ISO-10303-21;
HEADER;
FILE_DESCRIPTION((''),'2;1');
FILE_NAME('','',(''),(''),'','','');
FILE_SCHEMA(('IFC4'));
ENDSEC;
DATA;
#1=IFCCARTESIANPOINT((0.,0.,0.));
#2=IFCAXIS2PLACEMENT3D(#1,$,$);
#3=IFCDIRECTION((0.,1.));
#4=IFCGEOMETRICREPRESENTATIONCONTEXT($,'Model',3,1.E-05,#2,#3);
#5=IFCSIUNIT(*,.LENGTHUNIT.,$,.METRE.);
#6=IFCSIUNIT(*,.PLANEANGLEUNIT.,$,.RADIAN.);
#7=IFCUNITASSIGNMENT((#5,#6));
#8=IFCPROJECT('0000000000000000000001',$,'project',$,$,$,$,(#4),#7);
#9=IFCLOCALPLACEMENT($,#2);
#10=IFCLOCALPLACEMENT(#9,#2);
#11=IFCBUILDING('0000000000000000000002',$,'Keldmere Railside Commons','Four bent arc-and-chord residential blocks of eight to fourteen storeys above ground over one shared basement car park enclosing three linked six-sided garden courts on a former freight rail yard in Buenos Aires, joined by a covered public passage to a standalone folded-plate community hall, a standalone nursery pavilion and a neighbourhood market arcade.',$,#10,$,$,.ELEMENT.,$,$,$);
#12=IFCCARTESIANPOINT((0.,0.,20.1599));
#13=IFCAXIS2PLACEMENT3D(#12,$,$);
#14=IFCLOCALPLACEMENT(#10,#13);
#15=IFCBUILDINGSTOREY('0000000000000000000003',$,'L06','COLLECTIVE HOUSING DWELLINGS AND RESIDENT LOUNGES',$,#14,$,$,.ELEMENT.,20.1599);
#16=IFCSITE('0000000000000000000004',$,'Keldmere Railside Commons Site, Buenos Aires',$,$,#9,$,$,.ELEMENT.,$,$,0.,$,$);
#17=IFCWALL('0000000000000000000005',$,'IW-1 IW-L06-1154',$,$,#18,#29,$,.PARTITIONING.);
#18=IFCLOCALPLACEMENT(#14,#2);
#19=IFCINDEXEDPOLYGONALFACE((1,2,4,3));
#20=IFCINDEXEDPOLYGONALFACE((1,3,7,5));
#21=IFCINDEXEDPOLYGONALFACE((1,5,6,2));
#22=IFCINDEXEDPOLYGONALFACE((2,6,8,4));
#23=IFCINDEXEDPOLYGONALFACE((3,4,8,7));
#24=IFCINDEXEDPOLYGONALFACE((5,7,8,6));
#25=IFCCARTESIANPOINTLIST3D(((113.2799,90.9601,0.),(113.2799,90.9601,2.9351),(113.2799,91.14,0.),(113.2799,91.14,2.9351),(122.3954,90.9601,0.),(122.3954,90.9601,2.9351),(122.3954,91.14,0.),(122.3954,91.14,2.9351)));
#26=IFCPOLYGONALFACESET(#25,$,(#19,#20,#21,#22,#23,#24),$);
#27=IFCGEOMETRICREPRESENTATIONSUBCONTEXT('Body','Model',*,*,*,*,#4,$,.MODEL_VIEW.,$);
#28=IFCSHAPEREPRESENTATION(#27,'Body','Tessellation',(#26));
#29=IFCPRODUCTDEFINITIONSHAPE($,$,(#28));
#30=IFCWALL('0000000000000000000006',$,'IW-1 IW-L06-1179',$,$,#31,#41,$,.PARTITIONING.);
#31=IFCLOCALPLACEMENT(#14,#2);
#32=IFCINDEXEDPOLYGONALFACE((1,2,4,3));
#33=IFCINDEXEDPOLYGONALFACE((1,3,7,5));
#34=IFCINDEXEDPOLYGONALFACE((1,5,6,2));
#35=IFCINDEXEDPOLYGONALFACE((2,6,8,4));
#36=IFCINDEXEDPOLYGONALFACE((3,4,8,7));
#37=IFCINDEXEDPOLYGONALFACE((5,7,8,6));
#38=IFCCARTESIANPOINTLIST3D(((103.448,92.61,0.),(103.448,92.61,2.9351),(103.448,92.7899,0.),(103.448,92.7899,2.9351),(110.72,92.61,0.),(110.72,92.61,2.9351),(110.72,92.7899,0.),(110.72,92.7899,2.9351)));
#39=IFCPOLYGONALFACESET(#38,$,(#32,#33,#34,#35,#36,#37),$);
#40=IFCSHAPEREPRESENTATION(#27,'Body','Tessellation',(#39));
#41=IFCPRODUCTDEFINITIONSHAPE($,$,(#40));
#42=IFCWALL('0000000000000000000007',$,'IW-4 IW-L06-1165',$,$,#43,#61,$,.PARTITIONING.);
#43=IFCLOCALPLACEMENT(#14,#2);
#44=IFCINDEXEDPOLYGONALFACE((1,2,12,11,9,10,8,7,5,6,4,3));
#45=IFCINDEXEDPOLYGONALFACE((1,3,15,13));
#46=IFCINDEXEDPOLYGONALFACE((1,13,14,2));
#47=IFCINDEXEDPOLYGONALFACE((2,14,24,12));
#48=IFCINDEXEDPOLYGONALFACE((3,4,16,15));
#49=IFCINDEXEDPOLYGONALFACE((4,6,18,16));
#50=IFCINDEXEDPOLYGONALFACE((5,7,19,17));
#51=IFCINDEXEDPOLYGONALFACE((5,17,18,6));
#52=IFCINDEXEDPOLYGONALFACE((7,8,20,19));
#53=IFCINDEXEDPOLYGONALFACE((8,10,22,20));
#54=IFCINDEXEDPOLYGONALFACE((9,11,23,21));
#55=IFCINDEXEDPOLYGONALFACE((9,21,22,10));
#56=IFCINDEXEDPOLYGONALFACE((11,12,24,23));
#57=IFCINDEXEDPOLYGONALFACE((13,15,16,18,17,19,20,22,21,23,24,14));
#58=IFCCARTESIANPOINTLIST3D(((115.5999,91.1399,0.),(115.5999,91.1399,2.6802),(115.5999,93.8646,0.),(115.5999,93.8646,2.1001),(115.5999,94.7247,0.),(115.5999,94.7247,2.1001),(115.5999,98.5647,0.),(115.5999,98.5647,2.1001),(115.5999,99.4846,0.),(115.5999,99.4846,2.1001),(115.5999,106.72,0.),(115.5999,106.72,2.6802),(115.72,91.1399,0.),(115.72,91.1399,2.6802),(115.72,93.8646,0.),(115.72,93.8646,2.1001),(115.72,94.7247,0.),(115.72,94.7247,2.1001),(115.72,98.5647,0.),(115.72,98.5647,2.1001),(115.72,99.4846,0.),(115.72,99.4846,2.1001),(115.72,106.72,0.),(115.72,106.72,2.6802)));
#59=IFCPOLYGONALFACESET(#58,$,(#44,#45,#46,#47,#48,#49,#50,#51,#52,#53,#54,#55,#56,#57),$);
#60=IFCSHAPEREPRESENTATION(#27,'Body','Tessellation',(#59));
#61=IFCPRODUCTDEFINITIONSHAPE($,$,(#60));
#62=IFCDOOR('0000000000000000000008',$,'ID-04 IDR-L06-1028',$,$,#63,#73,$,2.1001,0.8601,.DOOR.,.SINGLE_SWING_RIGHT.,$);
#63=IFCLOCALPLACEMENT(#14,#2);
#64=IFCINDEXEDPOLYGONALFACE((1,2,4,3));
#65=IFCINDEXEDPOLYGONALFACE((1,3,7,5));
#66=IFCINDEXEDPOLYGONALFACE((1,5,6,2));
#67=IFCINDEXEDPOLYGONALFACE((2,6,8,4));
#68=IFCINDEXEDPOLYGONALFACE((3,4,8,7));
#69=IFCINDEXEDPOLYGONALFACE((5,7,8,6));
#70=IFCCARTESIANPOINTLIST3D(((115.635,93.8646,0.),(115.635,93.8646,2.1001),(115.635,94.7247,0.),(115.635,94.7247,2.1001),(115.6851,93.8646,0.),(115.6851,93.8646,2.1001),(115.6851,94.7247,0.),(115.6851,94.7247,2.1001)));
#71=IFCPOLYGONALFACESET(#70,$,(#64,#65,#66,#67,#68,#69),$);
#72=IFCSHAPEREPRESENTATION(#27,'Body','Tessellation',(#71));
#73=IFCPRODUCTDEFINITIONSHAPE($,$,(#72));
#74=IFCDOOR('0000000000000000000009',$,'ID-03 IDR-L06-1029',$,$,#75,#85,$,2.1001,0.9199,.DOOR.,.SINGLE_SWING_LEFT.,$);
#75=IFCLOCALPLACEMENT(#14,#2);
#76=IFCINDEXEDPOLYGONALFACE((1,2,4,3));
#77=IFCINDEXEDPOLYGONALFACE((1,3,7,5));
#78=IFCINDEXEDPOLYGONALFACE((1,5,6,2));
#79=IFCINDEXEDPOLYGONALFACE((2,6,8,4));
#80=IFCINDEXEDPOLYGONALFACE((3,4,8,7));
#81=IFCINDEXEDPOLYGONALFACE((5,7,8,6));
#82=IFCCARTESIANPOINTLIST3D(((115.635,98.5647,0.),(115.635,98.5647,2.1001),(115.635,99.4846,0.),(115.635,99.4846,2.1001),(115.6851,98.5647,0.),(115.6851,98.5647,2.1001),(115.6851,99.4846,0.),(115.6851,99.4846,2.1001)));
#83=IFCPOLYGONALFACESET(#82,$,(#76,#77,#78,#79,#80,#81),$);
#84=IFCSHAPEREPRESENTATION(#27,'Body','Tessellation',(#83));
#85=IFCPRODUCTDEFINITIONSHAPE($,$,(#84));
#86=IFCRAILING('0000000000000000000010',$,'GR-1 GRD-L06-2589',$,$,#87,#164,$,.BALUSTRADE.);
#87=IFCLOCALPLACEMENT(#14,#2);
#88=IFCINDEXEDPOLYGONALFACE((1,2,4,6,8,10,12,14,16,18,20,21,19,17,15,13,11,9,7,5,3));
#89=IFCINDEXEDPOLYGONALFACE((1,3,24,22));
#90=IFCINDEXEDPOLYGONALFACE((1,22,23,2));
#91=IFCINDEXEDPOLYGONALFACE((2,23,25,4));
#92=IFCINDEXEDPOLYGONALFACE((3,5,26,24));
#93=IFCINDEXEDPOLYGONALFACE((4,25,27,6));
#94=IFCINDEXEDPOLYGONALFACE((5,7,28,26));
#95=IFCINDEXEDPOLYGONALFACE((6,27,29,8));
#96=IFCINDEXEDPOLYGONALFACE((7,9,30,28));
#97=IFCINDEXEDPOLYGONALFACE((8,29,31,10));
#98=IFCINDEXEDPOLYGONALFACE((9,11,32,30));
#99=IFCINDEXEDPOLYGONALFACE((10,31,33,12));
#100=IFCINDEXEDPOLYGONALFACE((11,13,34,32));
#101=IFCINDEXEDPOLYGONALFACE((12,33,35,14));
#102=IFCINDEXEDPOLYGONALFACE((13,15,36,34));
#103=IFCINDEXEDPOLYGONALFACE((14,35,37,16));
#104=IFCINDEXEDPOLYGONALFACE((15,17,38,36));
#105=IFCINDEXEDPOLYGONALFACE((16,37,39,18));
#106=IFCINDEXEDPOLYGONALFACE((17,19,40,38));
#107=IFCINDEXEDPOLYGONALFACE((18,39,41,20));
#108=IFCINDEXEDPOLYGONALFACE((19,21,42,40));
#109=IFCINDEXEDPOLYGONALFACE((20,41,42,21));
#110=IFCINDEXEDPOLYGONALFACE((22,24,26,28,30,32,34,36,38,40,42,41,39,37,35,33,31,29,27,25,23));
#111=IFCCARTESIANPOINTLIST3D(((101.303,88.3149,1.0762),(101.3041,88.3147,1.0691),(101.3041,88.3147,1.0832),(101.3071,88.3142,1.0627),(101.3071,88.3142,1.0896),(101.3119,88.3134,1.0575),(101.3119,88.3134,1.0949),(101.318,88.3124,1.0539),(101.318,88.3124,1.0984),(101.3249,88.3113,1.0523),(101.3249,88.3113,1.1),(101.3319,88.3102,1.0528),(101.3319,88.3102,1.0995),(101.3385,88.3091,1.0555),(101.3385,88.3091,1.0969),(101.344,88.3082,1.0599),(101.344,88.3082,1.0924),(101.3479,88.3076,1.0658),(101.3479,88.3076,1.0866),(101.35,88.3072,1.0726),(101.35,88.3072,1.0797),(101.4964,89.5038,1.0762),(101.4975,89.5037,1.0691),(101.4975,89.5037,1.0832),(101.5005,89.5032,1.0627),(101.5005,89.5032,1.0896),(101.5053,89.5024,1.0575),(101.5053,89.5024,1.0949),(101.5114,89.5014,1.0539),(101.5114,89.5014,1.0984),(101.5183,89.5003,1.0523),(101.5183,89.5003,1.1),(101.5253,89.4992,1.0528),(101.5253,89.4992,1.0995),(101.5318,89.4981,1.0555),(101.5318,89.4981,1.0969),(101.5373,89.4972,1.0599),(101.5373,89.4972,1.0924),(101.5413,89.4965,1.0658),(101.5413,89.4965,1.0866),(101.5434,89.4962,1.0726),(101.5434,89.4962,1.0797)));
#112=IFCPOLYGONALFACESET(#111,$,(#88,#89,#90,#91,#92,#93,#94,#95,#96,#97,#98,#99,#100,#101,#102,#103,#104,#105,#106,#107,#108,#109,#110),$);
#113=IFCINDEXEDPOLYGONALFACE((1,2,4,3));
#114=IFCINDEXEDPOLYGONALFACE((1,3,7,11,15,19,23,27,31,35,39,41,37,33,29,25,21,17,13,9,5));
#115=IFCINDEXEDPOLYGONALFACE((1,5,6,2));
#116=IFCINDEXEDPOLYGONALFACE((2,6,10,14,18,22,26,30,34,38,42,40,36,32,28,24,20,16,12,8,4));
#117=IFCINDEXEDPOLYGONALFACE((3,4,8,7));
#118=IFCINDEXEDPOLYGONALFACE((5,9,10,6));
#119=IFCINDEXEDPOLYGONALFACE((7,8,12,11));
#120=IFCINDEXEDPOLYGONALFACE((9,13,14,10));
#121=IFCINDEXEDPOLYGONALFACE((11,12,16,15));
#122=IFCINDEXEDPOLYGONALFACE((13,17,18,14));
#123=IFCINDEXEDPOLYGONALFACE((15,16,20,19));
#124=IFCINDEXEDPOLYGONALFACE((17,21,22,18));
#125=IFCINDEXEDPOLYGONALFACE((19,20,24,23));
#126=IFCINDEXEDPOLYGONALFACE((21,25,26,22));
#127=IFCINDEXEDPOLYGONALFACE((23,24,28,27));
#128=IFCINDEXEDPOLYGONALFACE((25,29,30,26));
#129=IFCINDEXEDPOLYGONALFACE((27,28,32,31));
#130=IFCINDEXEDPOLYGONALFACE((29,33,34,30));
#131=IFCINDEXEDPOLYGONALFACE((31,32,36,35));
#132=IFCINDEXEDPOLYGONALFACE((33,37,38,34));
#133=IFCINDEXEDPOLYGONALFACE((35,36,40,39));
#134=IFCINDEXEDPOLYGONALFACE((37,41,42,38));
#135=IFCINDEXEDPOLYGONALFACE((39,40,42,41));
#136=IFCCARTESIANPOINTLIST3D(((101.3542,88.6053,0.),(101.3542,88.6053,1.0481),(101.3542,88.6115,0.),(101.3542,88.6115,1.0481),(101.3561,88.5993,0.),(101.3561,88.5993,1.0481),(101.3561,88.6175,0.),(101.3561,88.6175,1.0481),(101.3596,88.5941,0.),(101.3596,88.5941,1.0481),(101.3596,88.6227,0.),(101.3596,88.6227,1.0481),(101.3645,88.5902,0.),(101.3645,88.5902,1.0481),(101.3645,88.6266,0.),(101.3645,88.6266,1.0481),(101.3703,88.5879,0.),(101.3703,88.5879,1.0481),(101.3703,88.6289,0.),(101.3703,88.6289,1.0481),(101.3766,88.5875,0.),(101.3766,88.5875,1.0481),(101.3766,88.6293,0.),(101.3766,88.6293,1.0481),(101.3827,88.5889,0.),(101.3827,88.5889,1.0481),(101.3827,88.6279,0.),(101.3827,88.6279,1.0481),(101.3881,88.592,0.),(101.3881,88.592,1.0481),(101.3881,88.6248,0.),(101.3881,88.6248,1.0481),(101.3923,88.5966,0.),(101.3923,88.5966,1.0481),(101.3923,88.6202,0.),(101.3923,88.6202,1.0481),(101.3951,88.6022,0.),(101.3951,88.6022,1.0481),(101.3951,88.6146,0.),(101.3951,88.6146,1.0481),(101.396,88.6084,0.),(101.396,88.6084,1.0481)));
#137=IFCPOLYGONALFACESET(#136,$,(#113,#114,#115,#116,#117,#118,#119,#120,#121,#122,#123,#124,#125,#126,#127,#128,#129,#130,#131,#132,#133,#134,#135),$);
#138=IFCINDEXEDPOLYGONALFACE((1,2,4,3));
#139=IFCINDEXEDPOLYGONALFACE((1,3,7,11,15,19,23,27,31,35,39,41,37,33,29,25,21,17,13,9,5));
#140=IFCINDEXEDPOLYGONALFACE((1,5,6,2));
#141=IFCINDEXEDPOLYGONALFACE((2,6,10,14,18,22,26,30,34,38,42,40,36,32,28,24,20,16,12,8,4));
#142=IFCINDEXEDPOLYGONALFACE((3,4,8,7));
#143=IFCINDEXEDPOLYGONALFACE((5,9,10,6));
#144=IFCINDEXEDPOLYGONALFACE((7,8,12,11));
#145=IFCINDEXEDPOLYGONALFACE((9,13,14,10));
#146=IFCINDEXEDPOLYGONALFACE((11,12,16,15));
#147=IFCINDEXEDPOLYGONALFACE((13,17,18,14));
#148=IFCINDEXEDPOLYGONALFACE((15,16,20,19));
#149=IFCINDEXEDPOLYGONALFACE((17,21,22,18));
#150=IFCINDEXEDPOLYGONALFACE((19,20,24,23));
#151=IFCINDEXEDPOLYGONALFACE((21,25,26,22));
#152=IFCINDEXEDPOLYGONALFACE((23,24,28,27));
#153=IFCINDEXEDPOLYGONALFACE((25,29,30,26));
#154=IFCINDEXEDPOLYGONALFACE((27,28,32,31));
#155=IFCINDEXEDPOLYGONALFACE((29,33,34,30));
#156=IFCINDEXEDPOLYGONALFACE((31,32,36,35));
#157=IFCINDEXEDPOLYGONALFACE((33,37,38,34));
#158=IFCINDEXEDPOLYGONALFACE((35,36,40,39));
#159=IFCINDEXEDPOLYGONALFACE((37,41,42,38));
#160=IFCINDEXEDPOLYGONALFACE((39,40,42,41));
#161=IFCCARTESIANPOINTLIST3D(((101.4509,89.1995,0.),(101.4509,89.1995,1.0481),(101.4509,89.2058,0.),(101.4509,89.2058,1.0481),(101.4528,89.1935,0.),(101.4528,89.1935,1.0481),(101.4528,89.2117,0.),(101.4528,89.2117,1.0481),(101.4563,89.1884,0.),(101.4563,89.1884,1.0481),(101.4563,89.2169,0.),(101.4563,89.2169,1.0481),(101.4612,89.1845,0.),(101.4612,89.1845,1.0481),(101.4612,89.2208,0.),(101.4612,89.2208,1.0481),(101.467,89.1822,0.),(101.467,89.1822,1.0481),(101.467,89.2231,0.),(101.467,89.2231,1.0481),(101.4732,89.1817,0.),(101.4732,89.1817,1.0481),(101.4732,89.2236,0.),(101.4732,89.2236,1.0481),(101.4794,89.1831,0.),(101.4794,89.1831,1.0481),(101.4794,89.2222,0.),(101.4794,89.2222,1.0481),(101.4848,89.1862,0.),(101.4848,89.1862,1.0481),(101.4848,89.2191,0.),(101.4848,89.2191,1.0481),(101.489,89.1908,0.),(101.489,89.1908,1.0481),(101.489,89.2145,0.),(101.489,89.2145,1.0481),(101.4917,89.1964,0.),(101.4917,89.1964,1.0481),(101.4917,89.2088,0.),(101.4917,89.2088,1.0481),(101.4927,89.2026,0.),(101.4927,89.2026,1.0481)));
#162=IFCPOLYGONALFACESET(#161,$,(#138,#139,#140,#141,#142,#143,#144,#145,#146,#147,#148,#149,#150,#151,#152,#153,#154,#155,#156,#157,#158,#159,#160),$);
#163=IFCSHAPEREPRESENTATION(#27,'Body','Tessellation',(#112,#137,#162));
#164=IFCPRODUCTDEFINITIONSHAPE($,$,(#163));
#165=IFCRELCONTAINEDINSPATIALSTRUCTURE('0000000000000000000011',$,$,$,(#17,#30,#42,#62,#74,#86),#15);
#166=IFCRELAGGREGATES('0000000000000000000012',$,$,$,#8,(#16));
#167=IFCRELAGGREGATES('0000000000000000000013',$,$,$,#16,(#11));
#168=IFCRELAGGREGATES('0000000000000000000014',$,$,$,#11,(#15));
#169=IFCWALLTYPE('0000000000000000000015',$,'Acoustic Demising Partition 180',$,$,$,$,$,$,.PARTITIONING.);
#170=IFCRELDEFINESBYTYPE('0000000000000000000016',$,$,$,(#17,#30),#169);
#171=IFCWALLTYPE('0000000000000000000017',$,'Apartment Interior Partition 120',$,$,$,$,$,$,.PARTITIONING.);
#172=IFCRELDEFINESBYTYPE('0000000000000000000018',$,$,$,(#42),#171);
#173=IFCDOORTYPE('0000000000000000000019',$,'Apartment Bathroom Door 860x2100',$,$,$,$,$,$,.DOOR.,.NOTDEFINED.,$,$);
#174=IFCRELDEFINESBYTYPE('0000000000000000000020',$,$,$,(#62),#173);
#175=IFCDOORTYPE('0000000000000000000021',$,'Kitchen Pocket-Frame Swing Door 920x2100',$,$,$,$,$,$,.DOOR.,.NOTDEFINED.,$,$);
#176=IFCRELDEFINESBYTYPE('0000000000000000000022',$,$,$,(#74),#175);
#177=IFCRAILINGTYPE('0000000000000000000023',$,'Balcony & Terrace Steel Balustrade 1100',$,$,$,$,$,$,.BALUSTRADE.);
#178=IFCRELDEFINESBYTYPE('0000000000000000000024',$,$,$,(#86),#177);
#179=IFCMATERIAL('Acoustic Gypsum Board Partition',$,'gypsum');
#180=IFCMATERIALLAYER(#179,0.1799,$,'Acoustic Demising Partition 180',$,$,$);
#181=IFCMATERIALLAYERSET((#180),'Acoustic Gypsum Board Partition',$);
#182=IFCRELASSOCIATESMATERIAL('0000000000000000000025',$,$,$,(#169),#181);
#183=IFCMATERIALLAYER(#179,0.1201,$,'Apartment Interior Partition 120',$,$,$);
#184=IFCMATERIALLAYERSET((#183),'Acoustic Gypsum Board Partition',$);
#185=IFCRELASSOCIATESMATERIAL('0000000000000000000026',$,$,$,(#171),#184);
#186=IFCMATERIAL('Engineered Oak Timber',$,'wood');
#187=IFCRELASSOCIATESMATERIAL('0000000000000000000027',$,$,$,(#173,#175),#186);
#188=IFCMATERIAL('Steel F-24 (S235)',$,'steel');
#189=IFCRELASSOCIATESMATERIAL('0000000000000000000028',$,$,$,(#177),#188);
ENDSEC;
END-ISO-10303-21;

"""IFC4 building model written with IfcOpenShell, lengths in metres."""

from ifc_helpers import new_model, si_unit, direction, frame, frame_2d, origin, origin_2d, place, context, subcontext, project, spatial, rectangle, circle, extrude, material, layer, layer_set, type_object, element, fill, save


model = new_model("IFC4")

# Units and contexts
model_context = context("Model", 3, precision=1e-05, world=origin(), true_north=direction((0.0, 1.0)))
body_context = subcontext(model_context, "Body", "Model", "MODEL_VIEW")
ifc_project = project(units=[si_unit("LENGTHUNIT", "METRE"), si_unit("PLANEANGLEUNIT", "RADIAN")], contexts=[model_context])

# Site, building, storey
site_placement = place(None, origin())
site = spatial("IfcSite", under=ifc_project, at=site_placement, Name="Keldmere Railside Commons Site, Buenos Aires", CompositionType="ELEMENT", RefElevation=0.0)
building_placement = place(site_placement, origin())
building = spatial("IfcBuilding", under=site, at=building_placement, Name="Keldmere Railside Commons", Description="Four bent arc-and-chord residential blocks of eight to fourteen storeys above ground over one shared basement car park enclosing three linked six-sided garden courts on a former freight rail yard in Buenos Aires, joined by a covered public passage to a standalone folded-plate community hall, a standalone nursery pavilion and a neighbourhood market arcade.", CompositionType="ELEMENT")
storey_placement = place(building_placement, frame((0.0, 0.0, 20.1599)))
storey = spatial("IfcBuildingStorey", under=building, at=storey_placement, Name="L06", Description="COLLECTIVE HOUSING DWELLINGS AND RESIDENT LOUNGES", CompositionType="ELEMENT", Elevation=20.1599)

# Walls
ifc_material_1 = material(Name="Acoustic Gypsum Board Partition", Category="gypsum")
ifc_layer_1 = layer(ifc_material_1, 0.1799, Name="Acoustic Demising Partition 180")
ifc_layer_set_1 = layer_set([ifc_layer_1], Name="Acoustic Gypsum Board Partition")
wall_type_1 = type_object("IfcWallType", Name="Acoustic Demising Partition 180", PredefinedType="PARTITIONING", material=ifc_layer_set_1)
wall_1_placement = place(storey_placement, frame((113.28, 91.05, 0.0), z_axis=(0.0, 0.0, 1.0), x_axis=(1.0, 0.0, 0.0)))
element("IfcWall", 1, at=wall_1_placement, inside=storey, type_object=wall_type_1, Name="IW-1 IW-L06-1154", PredefinedType="PARTITIONING", context=body_context, shape_type="SweptSolid", body=[
    extrude(rectangle(XDim=9.1155, YDim=0.1799, at=frame_2d((4.5576, 0.0))), origin(), (0.0, 0.0, 1.0), 2.9351),
])
wall_2_placement = place(storey_placement, frame((103.448, 92.7, 0.0), z_axis=(0.0, 0.0, 1.0), x_axis=(1.0, 0.0, 0.0)))
element("IfcWall", 2, at=wall_2_placement, inside=storey, type_object=wall_type_1, Name="IW-1 IW-L06-1179", PredefinedType="PARTITIONING", context=body_context, shape_type="SweptSolid", body=[
    extrude(rectangle(XDim=7.272, YDim=0.1799, at=frame_2d((3.636, 0.0))), origin(), (0.0, 0.0, 1.0), 2.9351),
])

# Wall, openings, doors
ifc_layer_2 = layer(ifc_material_1, 0.1201, Name="Apartment Interior Partition 120")
ifc_layer_set_2 = layer_set([ifc_layer_2], Name="Acoustic Gypsum Board Partition")
wall_type_2 = type_object("IfcWallType", Name="Apartment Interior Partition 120", PredefinedType="PARTITIONING", material=ifc_layer_set_2)
wall_3_placement = place(storey_placement, frame((115.6599, 91.1399, 0.0), z_axis=(0.0, 0.0, 1.0), x_axis=(0.0, 1.0, 0.0)))
wall_3 = element("IfcWall", 3, at=wall_3_placement, inside=storey, type_object=wall_type_2, Name="IW-4 IW-L06-1165", PredefinedType="PARTITIONING", context=body_context, shape_type="SweptSolid", body=[
    extrude(rectangle(XDim=15.5801, YDim=0.1201, at=frame_2d((7.79, 0.0))), origin(), (0.0, 0.0, 1.0), 2.6802),
])
opening_1_placement = place(wall_3_placement, frame((2.7246, 0.0, 0.0)))
opening_1 = element("IfcOpeningElement", 4, at=opening_1_placement, cuts=wall_3, PredefinedType="OPENING", context=body_context, shape_type="SweptSolid", body=[
    extrude(rectangle(XDim=0.8601, YDim=2.1001, at=frame_2d((0.4302, 1.05))), frame((0.0, 0.0701, 0.0), z_axis=(0.0, -1.0, 0.0), x_axis=(1.0, 0.0, 0.0)), (0.0, 0.0, 1.0), 0.1401),
])
opening_2_placement = place(wall_3_placement, frame((7.4248, 0.0, 0.0)))
opening_2 = element("IfcOpeningElement", 5, at=opening_2_placement, cuts=wall_3, PredefinedType="OPENING", context=body_context, shape_type="SweptSolid", body=[
    extrude(rectangle(XDim=0.9199, YDim=2.1001, at=frame_2d((0.46, 1.05))), frame((0.0, 0.0701, 0.0), z_axis=(0.0, -1.0, 0.0), x_axis=(1.0, 0.0, 0.0)), (0.0, 0.0, 1.0), 0.1401),
])
ifc_material_2 = material(Name="Engineered Oak Timber", Category="wood")
door_type_1 = type_object("IfcDoorType", Name="Apartment Bathroom Door 860x2100", OperationType="NOTDEFINED", PredefinedType="DOOR", material=ifc_material_2)
door_1_placement = place(opening_1_placement, origin())
door_1 = element("IfcDoor", 6, at=door_1_placement, inside=storey, type_object=door_type_1, Name="ID-04 IDR-L06-1028", OperationType="SINGLE_SWING_RIGHT", OverallHeight=2.1001, OverallWidth=0.8601, PredefinedType="DOOR", context=body_context, shape_type="SweptSolid", body=[
    extrude(rectangle(XDim=0.8601, YDim=2.1001, at=frame_2d((0.4302, 1.05))), frame((0.0, 0.0249, 0.0), z_axis=(0.0, -1.0, 0.0), x_axis=(1.0, 0.0, 0.0)), (0.0, 0.0, 1.0), 0.05),
])
fill(opening_1, door_1)
door_type_2 = type_object("IfcDoorType", Name="Kitchen Pocket-Frame Swing Door 920x2100", OperationType="NOTDEFINED", PredefinedType="DOOR", material=ifc_material_2)
door_2_placement = place(opening_2_placement, origin())
door_2 = element("IfcDoor", 7, at=door_2_placement, inside=storey, type_object=door_type_2, Name="ID-03 IDR-L06-1029", OperationType="SINGLE_SWING_LEFT", OverallHeight=2.1001, OverallWidth=0.9199, PredefinedType="DOOR", context=body_context, shape_type="SweptSolid", body=[
    extrude(rectangle(XDim=0.9199, YDim=2.1001, at=frame_2d((0.46, 1.05))), frame((0.0, 0.0249, 0.0), z_axis=(0.0, -1.0, 0.0), x_axis=(1.0, 0.0, 0.0)), (0.0, 0.0, 1.0), 0.05),
])
fill(opening_2, door_2)

# Railing
ifc_material_3 = material(Name="Steel F-24 (S235)", Category="steel")
railing_type = type_object("IfcRailingType", Name="Balcony & Terrace Steel Balustrade 1100", PredefinedType="BALUSTRADE", material=ifc_material_3)
railing_1_placement = place(storey_placement, frame((101.3267, 88.311, 0.0)))
element("IfcRailing", 8, at=railing_1_placement, inside=storey, type_object=railing_type, Name="GR-1 GRD-L06-2589", PredefinedType="BALUSTRADE", context=body_context, shape_type="SweptSolid", body=[
    extrude(circle(Radius=0.0239, at=origin_2d()), frame((0.0, 0.0, 1.0762), z_axis=(0.160519, 0.987033, 0.0), x_axis=(-0.987033, 0.160519, 0.0)), (0.0, 0.0, 1.0), 1.2046),
    extrude(circle(Radius=0.021, at=origin_2d()), frame((0.0483, 0.2974, 0.0)), (0.0, 0.0, 1.0), 1.0481),
    extrude(circle(Radius=0.021, at=origin_2d()), frame((0.145, 0.8916, 0.0)), (0.0, 0.0, 1.0), 1.0481),
])

save(model, "model.ifc")
